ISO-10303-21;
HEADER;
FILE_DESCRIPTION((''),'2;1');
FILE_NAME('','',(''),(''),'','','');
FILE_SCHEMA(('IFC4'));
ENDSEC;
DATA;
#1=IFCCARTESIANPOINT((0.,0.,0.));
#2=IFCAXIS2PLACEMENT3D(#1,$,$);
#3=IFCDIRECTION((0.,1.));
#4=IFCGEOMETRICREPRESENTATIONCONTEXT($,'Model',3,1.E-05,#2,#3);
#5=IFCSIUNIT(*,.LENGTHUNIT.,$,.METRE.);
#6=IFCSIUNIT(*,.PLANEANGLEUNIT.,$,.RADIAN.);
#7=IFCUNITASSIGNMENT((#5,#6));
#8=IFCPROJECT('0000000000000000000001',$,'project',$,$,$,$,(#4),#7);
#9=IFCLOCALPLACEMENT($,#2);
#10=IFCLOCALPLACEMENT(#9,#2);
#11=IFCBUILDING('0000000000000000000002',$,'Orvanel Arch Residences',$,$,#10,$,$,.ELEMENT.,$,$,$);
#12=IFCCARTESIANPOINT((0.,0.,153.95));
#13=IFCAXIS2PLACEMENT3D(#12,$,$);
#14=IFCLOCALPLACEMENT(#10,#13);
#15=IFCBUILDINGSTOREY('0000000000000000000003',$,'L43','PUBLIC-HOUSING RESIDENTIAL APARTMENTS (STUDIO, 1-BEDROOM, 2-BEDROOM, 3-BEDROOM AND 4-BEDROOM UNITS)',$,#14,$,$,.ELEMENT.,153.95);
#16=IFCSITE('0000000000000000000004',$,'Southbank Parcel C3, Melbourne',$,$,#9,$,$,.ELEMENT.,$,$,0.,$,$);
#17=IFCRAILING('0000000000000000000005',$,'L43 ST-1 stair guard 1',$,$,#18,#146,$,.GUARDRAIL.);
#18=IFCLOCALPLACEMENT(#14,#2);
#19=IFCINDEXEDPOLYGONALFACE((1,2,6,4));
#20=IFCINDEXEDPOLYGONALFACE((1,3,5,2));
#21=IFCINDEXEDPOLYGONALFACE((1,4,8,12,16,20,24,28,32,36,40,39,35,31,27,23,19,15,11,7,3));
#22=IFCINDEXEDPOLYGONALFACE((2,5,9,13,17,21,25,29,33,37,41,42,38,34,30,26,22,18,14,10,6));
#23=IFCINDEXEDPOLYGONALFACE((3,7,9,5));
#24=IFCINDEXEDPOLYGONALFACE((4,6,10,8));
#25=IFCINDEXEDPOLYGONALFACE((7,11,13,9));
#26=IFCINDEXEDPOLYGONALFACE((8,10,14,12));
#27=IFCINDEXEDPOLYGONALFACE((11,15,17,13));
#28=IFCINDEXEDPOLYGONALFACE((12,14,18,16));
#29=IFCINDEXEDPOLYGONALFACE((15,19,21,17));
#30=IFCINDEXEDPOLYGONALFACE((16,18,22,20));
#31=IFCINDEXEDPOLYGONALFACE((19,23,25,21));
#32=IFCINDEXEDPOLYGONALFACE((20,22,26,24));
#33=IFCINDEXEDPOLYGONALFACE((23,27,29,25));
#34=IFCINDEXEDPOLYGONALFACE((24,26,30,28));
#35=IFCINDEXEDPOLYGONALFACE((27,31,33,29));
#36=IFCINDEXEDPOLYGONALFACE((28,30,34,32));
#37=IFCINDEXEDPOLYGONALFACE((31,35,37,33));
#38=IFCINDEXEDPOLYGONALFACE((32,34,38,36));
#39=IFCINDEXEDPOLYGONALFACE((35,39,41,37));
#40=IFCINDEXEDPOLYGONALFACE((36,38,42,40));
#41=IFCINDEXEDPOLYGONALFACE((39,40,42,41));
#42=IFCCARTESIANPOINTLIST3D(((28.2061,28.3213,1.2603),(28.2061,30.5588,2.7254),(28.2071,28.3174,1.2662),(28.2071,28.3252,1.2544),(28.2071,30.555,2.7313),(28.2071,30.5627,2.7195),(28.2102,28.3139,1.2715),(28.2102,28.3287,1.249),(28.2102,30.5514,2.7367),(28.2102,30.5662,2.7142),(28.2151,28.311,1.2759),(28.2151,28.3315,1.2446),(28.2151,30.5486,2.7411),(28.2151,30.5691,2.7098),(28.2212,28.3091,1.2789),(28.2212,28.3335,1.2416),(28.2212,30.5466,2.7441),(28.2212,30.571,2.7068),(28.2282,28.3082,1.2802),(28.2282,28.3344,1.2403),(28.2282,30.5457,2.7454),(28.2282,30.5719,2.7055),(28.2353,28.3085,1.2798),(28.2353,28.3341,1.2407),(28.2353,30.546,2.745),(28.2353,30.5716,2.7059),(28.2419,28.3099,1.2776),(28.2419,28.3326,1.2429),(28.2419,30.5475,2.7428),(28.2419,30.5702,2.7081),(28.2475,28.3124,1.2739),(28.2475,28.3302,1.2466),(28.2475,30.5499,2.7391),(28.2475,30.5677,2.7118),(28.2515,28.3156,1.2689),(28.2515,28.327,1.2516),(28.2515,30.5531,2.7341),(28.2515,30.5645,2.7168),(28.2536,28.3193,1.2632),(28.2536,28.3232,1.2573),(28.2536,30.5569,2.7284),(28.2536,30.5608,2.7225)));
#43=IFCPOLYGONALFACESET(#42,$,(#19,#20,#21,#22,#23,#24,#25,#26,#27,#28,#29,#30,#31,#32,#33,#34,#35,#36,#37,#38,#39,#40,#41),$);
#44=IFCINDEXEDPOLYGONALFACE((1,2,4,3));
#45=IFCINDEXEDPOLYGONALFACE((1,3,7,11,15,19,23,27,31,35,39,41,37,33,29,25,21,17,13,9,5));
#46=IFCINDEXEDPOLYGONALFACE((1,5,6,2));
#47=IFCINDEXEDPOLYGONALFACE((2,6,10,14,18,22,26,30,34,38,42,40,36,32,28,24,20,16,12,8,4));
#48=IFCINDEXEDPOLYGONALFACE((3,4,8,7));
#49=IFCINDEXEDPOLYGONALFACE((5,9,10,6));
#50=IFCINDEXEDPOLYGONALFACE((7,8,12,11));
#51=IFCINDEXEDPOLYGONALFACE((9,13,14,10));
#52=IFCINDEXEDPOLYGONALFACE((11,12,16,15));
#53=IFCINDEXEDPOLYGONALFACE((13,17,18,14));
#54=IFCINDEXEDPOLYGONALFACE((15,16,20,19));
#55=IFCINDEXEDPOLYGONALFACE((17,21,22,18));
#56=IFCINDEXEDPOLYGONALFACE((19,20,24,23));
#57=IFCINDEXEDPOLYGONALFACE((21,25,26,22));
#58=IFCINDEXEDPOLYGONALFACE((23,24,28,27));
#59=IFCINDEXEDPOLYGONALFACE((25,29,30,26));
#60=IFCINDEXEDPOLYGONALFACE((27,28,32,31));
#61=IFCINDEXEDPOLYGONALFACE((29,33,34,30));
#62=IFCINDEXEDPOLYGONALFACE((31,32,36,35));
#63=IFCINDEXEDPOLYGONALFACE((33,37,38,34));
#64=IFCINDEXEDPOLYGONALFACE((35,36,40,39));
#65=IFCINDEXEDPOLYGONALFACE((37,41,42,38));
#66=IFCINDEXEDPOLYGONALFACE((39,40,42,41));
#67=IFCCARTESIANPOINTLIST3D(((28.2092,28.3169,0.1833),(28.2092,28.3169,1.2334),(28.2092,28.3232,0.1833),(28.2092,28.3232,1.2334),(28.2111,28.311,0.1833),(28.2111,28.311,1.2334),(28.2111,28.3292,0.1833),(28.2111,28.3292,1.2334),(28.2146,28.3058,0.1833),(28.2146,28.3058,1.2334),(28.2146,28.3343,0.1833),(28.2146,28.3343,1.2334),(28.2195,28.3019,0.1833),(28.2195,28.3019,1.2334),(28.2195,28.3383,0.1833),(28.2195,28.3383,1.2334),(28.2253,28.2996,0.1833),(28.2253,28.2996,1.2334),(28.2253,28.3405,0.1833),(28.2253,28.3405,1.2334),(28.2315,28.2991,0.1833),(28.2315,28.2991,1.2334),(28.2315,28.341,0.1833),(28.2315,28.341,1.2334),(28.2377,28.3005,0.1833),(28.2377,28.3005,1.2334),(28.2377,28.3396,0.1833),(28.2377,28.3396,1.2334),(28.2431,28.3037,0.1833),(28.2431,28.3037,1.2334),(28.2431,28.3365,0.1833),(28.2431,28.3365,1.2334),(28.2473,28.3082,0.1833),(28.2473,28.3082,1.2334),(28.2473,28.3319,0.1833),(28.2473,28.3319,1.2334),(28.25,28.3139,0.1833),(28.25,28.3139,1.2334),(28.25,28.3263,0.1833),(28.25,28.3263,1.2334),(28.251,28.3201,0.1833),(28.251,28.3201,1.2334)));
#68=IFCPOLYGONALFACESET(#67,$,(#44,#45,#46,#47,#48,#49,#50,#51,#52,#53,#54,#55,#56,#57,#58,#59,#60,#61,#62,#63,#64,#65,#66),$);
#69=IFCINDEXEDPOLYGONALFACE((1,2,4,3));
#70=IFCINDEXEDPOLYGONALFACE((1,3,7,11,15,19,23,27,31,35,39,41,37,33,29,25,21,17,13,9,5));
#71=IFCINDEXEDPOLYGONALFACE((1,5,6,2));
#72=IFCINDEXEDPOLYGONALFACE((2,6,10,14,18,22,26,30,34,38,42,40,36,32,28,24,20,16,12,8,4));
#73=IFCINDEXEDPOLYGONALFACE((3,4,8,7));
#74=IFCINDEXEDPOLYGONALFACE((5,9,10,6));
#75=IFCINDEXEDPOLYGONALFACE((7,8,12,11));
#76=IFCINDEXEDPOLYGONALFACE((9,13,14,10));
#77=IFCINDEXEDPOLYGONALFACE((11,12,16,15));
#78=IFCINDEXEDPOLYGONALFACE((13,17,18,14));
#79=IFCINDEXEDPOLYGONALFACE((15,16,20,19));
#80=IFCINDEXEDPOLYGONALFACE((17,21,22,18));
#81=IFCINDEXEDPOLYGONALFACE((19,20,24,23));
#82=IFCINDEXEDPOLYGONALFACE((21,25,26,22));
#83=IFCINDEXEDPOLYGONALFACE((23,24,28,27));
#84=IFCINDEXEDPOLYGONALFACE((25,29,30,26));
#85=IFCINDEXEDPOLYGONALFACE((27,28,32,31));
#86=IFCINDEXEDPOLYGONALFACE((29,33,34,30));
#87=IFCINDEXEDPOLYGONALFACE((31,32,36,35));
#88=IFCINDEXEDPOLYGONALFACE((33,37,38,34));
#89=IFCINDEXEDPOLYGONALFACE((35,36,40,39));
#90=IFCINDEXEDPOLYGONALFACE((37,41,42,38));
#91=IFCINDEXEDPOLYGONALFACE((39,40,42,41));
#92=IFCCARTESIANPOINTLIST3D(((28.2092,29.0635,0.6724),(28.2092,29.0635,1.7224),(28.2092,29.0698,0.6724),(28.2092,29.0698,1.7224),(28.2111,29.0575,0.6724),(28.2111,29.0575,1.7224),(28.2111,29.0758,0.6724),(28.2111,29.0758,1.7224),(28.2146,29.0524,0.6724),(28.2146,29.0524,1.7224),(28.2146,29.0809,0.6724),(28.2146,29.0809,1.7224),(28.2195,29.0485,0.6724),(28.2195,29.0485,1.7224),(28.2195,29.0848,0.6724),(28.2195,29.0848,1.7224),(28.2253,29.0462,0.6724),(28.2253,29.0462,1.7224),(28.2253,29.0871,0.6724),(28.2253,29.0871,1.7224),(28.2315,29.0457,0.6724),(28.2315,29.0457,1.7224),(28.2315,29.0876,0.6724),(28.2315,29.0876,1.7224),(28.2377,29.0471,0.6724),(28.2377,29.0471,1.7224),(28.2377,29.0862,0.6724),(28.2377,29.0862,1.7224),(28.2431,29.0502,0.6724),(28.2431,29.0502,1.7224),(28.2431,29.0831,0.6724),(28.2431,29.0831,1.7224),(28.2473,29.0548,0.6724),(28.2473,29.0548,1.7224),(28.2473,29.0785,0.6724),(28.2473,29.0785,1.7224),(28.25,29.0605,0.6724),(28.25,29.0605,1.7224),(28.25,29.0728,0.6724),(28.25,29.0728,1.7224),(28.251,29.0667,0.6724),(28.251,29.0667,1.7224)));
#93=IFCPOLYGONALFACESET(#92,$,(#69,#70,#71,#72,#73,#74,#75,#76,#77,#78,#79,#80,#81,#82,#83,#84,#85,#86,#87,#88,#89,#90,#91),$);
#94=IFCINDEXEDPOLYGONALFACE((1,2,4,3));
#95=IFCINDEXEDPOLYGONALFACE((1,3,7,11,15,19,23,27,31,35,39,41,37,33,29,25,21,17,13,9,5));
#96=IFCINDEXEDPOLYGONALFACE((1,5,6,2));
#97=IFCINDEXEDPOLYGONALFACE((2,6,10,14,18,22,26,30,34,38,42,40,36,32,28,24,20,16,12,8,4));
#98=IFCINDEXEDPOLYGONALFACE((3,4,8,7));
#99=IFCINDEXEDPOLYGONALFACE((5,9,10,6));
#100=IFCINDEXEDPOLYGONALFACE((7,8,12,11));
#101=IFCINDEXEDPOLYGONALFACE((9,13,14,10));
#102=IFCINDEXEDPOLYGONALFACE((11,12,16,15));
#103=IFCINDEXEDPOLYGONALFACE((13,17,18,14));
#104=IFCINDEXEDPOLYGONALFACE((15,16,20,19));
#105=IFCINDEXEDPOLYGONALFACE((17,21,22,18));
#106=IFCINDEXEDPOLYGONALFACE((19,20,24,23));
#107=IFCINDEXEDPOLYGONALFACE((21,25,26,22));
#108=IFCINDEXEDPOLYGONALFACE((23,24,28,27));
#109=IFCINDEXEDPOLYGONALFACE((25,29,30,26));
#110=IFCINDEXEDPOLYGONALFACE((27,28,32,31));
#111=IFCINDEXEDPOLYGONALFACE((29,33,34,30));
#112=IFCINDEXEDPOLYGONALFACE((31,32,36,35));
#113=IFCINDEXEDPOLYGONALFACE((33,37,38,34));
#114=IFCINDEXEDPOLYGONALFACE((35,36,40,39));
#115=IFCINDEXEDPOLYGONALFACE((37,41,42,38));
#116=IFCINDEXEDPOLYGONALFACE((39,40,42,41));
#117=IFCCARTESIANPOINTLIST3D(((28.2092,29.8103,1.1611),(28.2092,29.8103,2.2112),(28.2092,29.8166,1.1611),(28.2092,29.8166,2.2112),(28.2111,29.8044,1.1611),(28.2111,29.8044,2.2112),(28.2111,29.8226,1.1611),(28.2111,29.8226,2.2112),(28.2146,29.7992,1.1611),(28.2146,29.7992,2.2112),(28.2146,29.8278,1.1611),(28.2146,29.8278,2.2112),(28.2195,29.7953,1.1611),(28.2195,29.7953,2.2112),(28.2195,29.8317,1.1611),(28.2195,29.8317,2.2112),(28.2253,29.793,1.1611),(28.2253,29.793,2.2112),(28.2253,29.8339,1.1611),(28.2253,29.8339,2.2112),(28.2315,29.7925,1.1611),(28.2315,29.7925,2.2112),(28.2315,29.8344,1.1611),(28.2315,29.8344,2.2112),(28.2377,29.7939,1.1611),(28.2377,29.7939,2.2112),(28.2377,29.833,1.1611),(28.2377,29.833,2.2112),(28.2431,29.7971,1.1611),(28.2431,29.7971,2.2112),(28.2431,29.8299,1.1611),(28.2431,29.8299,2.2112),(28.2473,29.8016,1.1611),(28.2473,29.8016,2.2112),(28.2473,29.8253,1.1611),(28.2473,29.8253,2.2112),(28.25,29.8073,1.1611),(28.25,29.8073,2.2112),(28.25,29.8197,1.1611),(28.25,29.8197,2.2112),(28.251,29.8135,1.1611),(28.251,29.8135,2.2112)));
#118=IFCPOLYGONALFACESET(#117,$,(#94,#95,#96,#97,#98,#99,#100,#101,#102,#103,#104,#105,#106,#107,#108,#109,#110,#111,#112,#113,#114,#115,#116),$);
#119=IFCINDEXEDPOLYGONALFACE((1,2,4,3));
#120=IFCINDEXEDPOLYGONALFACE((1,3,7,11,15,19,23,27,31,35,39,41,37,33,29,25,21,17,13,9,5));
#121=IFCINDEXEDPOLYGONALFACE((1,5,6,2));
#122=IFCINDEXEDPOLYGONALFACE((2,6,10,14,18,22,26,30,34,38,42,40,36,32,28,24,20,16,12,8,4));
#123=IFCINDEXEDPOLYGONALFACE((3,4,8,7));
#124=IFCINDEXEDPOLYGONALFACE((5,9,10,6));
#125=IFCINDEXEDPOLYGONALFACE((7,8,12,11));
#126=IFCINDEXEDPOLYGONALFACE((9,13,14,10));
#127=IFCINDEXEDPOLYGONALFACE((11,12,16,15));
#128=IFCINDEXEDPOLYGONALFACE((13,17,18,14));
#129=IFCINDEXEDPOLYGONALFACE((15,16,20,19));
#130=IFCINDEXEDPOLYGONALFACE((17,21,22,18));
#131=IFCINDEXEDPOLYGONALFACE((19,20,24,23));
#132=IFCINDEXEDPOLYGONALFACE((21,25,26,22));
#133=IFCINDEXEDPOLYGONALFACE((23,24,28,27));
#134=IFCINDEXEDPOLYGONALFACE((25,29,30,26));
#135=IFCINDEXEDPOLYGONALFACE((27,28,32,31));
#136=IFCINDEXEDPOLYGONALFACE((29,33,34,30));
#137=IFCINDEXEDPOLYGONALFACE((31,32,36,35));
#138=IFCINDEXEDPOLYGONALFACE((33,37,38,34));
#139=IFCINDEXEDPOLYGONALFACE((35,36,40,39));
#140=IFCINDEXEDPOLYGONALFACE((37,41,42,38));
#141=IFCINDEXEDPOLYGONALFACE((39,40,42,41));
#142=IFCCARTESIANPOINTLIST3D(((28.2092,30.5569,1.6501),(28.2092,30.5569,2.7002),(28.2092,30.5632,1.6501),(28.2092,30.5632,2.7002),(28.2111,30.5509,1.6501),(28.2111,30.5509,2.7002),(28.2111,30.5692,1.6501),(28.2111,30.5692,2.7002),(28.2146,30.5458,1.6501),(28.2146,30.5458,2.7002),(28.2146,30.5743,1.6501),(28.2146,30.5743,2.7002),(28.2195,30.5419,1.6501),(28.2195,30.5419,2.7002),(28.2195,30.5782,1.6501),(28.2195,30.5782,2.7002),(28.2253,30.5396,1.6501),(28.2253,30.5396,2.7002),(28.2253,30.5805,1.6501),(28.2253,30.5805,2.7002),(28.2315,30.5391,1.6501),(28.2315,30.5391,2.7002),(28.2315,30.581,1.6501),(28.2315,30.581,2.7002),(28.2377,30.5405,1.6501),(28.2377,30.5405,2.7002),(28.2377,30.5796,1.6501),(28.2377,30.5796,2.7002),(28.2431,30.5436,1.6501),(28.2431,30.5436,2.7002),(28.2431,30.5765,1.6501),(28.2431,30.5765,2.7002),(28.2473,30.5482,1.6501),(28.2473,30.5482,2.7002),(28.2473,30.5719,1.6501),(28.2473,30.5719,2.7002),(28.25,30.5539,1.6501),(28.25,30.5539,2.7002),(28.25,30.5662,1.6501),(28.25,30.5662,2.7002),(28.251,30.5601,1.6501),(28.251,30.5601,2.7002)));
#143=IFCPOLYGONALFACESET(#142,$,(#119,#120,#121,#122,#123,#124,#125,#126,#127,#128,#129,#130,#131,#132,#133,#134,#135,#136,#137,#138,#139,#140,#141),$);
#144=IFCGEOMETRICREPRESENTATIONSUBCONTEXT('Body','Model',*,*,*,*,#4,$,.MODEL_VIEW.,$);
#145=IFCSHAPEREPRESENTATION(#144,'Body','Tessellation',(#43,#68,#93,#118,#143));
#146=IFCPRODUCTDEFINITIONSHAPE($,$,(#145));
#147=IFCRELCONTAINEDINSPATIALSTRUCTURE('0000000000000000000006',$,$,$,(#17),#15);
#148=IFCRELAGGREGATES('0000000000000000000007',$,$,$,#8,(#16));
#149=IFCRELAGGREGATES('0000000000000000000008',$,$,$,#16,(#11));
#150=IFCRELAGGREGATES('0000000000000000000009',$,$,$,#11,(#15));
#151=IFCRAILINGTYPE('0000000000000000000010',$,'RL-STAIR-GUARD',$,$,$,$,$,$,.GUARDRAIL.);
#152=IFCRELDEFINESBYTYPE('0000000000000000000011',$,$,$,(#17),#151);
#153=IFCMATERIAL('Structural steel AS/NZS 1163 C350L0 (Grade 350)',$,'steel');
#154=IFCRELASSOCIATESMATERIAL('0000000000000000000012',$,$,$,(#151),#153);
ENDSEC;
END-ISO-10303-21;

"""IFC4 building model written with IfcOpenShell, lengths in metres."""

from ifc_helpers import new_model, si_unit, direction, frame, origin, origin_2d, place, context, subcontext, project, spatial, circle, extrude, material, type_object, element, save


model = new_model("IFC4")

# Units and contexts
model_context = context("Model", 3, precision=1e-05, world=origin(), true_north=direction((0.0, 1.0)))
body_context = subcontext(model_context, "Body", "Model", "MODEL_VIEW")
ifc_project = project(units=[si_unit("LENGTHUNIT", "METRE"), si_unit("PLANEANGLEUNIT", "RADIAN")], contexts=[model_context])

# Site, building, storey
site_placement = place(None, origin())
site = spatial("IfcSite", under=ifc_project, at=site_placement, Name="Southbank Parcel C3, Melbourne", CompositionType="ELEMENT", RefElevation=0.0)
building_placement = place(site_placement, origin())
building = spatial("IfcBuilding", under=site, at=building_placement, Name="Orvanel Arch Residences", CompositionType="ELEMENT")
storey_placement = place(building_placement, frame((0.0, 0.0, 153.95)))
storey = spatial("IfcBuildingStorey", under=building, at=storey_placement, Name="L43", Description="PUBLIC-HOUSING RESIDENTIAL APARTMENTS (STUDIO, 1-BEDROOM, 2-BEDROOM, 3-BEDROOM AND 4-BEDROOM UNITS)", CompositionType="ELEMENT", Elevation=153.95)

# Railing
ifc_material_1 = material(Name="Structural steel AS/NZS 1163 C350L0 (Grade 350)", Category="steel")
railing_type_1 = type_object("IfcRailingType", Name="RL-STAIR-GUARD", PredefinedType="GUARDRAIL", material=ifc_material_1)
railing_1_placement = place(storey_placement, frame((28.23, 28.3201, 0.1833)))
element("IfcRailing", 1, at=railing_1_placement, inside=storey, type_object=railing_type_1, Name="L43 ST-1 stair guard 1", PredefinedType="GUARDRAIL", context=body_context, shape_type="SweptSolid", body=[
    extrude(circle(Radius=0.0239, at=origin_2d()), frame((0.0, 0.0012, 1.0769), z_axis=(0.0, 0.836595, 0.547822), x_axis=(-1.0, 0.0, 0.0)), (0.0, 0.0, 1.0), 2.6746),
    extrude(circle(Radius=0.021, at=origin_2d()), origin(), (0.0, 0.0, 1.0), 1.05),
    extrude(circle(Radius=0.021, at=origin_2d()), frame((0.0, 0.7466, 0.489)), (0.0, 0.0, 1.0), 1.05),
    extrude(circle(Radius=0.021, at=origin_2d()), frame((0.0, 1.4934, 0.9778)), (0.0, 0.0, 1.0), 1.05),
    extrude(circle(Radius=0.021, at=origin_2d()), frame((0.0, 2.24, 1.4668)), (0.0, 0.0, 1.0), 1.05),
])

save(model, "model.ifc")
